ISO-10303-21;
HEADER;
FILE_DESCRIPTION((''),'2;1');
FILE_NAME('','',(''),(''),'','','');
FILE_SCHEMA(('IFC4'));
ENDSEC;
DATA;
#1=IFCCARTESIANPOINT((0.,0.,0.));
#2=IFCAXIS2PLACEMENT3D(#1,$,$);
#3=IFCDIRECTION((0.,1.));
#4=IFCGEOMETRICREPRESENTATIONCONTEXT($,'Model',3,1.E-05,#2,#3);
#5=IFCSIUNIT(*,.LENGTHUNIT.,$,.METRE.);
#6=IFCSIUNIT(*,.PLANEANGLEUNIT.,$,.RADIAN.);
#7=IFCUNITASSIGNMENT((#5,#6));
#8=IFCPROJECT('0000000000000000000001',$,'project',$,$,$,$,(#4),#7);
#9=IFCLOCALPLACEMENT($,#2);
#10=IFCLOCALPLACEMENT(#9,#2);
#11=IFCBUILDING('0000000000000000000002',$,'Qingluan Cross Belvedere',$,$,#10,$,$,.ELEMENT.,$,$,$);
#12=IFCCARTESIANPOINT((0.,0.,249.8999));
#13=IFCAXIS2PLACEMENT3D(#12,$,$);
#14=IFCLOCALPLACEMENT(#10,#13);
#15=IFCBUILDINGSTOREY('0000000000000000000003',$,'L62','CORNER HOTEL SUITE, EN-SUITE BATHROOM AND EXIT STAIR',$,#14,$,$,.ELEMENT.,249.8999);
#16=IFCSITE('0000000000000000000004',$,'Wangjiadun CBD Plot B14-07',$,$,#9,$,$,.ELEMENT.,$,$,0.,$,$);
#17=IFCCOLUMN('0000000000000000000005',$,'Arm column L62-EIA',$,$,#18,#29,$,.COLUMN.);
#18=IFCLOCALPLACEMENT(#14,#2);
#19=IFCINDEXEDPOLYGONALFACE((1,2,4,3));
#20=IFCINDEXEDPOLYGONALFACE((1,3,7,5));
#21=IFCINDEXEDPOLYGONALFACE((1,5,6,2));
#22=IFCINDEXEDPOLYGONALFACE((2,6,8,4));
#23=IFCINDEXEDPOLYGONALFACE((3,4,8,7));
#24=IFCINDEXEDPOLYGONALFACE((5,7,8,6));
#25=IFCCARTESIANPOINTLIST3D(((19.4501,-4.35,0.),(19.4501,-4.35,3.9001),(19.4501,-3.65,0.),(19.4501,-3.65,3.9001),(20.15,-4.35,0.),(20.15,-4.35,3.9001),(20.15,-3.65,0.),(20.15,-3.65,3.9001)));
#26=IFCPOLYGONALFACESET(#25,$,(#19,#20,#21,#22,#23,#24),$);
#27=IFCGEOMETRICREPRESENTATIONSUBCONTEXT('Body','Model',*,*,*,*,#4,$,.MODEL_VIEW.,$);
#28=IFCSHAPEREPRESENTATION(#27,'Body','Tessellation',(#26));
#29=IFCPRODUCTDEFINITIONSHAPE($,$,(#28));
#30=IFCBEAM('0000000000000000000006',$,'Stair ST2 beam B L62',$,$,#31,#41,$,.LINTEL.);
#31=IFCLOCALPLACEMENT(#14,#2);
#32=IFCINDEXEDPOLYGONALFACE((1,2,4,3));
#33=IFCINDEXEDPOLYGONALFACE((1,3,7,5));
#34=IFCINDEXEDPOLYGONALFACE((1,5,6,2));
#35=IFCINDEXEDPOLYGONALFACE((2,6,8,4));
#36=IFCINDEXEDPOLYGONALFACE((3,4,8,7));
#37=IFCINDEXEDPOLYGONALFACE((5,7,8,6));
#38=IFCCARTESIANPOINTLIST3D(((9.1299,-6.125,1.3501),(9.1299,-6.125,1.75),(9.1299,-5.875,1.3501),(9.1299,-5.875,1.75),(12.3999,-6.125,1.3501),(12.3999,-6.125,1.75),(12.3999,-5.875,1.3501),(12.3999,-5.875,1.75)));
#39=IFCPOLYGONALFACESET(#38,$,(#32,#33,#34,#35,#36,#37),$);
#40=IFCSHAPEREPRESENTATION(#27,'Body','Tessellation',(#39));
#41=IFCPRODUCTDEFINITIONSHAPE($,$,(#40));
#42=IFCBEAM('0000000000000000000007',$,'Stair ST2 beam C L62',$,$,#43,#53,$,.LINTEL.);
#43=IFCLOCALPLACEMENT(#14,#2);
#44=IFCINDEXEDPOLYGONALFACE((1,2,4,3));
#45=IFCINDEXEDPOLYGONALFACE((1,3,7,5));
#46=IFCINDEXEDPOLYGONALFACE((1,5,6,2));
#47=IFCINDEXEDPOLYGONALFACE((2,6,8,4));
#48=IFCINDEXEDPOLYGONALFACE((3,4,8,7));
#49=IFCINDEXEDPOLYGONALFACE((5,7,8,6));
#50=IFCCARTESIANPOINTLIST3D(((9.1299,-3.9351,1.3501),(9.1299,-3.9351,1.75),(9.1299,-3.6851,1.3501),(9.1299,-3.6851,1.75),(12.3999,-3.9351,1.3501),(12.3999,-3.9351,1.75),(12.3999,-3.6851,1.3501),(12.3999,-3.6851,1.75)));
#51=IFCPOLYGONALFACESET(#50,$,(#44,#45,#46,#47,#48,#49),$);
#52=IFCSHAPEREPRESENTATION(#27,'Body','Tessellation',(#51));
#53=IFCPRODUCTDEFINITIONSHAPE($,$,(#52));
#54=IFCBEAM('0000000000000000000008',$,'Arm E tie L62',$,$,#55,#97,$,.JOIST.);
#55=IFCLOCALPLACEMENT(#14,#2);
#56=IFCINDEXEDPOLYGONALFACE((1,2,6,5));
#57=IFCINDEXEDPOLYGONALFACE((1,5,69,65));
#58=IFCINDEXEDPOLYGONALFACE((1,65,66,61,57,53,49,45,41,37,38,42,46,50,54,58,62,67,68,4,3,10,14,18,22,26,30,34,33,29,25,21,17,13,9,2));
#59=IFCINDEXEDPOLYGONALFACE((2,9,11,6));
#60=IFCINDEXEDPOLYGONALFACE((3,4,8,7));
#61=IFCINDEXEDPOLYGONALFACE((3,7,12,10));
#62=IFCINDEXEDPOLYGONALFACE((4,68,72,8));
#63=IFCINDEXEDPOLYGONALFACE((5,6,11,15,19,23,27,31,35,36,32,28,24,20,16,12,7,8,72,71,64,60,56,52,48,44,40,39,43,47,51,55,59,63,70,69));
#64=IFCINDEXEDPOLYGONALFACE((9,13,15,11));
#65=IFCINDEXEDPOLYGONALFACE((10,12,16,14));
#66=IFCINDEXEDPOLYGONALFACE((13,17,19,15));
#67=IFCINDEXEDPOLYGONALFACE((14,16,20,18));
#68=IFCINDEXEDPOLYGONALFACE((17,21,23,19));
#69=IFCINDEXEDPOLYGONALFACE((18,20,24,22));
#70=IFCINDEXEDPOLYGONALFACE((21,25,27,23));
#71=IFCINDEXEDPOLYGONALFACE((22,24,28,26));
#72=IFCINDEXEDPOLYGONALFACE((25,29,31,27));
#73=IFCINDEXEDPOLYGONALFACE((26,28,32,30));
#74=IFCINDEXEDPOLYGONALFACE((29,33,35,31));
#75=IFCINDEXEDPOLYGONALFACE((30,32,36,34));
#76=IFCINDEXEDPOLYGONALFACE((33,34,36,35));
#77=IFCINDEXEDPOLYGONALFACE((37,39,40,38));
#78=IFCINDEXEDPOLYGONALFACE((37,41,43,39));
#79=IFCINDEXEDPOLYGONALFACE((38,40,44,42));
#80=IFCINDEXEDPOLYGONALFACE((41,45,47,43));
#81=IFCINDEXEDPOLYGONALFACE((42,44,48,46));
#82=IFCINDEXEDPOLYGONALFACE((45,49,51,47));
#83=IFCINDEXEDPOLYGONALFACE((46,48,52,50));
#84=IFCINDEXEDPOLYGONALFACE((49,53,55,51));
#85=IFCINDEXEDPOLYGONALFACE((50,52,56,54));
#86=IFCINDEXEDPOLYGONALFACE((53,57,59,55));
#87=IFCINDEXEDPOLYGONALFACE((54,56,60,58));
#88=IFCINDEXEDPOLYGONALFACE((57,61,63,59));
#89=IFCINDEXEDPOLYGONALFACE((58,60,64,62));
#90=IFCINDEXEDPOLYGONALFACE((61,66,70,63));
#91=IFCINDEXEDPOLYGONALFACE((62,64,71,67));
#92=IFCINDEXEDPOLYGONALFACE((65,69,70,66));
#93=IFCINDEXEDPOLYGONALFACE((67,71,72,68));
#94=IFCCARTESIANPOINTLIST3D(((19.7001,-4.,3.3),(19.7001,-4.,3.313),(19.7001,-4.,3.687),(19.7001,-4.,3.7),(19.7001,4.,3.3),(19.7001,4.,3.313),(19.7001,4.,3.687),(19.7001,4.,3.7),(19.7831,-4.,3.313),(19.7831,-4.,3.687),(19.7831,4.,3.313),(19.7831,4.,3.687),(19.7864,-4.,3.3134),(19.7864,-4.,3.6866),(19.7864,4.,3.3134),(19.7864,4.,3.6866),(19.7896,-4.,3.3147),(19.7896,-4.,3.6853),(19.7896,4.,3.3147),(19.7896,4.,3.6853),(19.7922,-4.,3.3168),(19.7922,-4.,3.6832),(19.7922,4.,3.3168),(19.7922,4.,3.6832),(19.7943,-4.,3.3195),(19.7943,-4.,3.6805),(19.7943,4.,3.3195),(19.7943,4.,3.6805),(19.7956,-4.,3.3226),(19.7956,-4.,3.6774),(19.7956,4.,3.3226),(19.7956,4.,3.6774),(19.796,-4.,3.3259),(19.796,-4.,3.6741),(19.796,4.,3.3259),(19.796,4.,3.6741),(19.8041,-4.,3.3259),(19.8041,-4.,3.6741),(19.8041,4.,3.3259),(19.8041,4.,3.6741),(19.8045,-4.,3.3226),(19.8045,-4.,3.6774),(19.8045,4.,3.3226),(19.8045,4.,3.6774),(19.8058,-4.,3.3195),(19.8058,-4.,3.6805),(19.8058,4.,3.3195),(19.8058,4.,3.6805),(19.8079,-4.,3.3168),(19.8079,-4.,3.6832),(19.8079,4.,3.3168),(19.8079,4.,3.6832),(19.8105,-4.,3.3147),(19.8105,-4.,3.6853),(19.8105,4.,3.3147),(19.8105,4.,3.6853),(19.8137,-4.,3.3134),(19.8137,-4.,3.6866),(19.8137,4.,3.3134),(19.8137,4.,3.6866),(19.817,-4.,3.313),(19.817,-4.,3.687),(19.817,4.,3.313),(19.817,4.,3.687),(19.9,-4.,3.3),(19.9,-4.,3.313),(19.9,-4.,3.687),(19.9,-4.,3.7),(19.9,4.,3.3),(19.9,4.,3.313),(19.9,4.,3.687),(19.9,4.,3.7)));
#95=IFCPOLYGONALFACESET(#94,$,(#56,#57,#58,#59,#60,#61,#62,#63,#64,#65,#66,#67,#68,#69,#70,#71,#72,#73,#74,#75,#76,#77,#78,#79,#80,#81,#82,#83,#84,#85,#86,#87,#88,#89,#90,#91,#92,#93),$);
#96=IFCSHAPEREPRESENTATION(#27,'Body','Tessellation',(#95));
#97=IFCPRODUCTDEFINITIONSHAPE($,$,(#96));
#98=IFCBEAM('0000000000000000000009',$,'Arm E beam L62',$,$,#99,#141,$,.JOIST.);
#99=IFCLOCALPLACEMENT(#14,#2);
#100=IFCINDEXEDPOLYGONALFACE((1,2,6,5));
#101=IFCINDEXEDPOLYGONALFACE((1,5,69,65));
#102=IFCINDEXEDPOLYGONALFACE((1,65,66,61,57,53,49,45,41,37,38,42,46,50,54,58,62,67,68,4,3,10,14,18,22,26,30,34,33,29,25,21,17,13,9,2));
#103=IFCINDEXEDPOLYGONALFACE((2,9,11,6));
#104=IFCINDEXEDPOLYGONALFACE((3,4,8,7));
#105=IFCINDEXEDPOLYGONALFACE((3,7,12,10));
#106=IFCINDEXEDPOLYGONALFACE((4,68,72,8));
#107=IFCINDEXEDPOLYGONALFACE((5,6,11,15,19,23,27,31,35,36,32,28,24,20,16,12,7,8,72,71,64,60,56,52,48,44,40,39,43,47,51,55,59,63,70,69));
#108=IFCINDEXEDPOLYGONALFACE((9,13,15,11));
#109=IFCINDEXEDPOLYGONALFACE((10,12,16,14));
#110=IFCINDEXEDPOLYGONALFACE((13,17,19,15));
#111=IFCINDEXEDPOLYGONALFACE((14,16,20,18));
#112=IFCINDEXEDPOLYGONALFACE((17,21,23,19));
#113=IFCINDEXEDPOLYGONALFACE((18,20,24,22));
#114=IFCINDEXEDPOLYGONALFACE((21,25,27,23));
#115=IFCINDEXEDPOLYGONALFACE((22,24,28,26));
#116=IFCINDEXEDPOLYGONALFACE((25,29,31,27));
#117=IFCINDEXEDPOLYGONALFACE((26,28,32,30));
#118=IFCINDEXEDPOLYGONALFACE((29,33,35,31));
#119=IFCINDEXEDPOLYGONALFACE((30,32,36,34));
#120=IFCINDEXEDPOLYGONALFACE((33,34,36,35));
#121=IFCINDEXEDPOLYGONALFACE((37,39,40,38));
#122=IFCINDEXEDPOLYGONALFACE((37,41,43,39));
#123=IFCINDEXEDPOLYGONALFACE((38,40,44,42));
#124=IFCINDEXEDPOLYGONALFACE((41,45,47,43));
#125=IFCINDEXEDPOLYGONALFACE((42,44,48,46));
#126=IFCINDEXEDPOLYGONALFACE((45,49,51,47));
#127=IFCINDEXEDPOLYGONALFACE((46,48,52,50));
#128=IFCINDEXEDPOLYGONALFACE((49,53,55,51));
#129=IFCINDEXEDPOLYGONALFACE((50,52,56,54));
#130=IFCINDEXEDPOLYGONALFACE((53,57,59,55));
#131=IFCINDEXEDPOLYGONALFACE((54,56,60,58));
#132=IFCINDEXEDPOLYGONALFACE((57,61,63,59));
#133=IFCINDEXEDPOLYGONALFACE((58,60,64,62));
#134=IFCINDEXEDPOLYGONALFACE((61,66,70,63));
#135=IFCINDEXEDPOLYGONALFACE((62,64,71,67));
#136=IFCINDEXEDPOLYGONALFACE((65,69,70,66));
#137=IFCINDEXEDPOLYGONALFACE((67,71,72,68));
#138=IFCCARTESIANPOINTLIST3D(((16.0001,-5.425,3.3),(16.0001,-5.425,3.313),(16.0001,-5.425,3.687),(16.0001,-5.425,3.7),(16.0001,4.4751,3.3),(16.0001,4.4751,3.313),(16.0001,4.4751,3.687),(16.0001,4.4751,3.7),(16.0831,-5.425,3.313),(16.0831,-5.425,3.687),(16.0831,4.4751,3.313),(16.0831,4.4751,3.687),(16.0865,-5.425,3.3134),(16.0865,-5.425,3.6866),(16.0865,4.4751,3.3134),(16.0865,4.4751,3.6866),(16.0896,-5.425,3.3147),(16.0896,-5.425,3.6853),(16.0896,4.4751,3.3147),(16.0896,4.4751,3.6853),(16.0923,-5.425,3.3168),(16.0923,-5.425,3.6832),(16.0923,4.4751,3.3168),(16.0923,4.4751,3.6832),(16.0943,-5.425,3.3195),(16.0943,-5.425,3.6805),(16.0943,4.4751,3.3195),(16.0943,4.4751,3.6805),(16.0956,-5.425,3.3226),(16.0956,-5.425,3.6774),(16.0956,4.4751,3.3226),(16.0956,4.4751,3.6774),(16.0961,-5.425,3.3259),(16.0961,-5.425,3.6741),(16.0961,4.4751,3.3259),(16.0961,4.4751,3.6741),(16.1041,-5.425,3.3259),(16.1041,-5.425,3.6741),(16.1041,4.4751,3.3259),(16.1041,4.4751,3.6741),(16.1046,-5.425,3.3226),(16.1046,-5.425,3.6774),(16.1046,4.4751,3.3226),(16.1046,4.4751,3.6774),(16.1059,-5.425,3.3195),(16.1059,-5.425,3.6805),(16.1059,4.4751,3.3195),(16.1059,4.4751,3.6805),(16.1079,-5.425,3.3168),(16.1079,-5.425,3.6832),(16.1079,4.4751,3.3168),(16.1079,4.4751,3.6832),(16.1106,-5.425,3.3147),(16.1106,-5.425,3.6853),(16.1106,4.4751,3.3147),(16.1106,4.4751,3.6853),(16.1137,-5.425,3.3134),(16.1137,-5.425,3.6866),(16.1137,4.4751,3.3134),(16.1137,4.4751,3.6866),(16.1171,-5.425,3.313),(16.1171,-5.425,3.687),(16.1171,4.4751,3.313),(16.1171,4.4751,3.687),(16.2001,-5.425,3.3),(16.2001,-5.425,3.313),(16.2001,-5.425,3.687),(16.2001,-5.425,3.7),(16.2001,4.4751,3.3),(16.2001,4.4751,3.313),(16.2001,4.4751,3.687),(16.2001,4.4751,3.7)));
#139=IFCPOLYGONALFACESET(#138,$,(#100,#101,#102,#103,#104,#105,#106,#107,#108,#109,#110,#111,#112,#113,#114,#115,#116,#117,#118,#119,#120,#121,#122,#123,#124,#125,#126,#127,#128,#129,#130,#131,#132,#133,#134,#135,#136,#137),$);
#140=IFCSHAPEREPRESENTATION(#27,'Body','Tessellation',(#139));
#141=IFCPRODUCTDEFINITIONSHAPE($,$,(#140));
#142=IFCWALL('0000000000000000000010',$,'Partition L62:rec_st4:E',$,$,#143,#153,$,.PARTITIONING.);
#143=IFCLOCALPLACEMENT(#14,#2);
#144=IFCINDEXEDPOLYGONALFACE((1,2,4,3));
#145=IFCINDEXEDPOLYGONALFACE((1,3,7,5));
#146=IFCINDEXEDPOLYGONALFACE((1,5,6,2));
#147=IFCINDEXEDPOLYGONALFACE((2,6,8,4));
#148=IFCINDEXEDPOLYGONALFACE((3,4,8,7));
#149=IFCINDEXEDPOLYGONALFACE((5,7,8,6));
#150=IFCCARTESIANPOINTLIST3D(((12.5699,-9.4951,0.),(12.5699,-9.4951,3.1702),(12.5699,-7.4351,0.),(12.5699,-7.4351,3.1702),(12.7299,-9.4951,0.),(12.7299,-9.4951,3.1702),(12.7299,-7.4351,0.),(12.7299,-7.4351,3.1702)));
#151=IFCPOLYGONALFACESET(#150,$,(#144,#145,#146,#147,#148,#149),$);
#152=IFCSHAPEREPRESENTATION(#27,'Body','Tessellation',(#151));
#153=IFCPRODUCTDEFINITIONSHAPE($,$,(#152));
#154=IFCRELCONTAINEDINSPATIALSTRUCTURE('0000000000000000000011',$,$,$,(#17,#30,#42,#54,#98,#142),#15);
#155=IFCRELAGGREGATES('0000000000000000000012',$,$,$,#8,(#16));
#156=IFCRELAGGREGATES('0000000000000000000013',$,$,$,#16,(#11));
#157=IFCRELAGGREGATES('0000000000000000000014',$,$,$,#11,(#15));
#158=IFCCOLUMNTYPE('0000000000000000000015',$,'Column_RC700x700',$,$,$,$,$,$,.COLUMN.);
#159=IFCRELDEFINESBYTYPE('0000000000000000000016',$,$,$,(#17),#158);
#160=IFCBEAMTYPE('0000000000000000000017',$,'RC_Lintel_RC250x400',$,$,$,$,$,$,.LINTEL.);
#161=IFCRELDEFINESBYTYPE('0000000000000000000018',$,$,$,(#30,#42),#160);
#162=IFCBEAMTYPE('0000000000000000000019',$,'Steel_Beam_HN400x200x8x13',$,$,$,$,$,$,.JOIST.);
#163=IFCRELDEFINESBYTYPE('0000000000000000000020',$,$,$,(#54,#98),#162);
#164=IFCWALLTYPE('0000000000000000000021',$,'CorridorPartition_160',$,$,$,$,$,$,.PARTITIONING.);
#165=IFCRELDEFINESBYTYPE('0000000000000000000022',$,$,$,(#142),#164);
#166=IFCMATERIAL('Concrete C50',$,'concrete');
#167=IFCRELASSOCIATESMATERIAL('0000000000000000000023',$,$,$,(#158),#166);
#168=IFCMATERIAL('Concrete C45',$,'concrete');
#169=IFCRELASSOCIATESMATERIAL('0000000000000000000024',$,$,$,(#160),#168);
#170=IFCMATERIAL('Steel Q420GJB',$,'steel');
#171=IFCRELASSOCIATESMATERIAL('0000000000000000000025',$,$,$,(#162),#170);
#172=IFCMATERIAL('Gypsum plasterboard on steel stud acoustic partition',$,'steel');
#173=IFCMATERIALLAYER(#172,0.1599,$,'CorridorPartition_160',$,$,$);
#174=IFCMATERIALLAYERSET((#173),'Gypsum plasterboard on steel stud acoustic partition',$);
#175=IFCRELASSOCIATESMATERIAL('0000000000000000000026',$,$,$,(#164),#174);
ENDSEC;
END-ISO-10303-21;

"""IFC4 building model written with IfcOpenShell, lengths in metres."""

from ifc_helpers import new_model, si_unit, direction, frame, frame_2d, origin, origin_2d, place, context, subcontext, project, spatial, rectangle, i_section, extrude, material, layer, layer_set, material_profile, profile_set, type_object, element, save


model = new_model("IFC4")

# Units and contexts
model_context = context("Model", 3, precision=1e-05, world=origin(), true_north=direction((0.0, 1.0)))
body_context = subcontext(model_context, "Body", "Model", "MODEL_VIEW")
ifc_project = project(units=[si_unit("LENGTHUNIT", "METRE"), si_unit("PLANEANGLEUNIT", "RADIAN")], contexts=[model_context])

# Site, building, storey
site_placement = place(None, origin())
site = spatial("IfcSite", under=ifc_project, at=site_placement, Name="Wangjiadun CBD Plot B14-07", CompositionType="ELEMENT", RefElevation=0.0)
building_placement = place(site_placement, origin())
building = spatial("IfcBuilding", under=site, at=building_placement, Name="Qingluan Cross Belvedere", CompositionType="ELEMENT")
storey_placement = place(building_placement, frame((0.0, 0.0, 249.8999)))
storey = spatial("IfcBuildingStorey", under=building, at=storey_placement, Name="L62", Description="CORNER HOTEL SUITE, EN-SUITE BATHROOM AND EXIT STAIR", CompositionType="ELEMENT", Elevation=249.8999)

# Column
ifc_material_1 = material(Name="Concrete C50", Category="concrete")
ifc_material_profile_1 = material_profile(ifc_material_1, rectangle(XDim=0.7, YDim=0.7, at=origin_2d()), Name="RC700x700")
ifc_profile_set_1 = profile_set([ifc_material_profile_1], Name="Concrete C50")
column_type = type_object("IfcColumnType", Name="Column_RC700x700", PredefinedType="COLUMN", material=ifc_profile_set_1)
column_placement = place(storey_placement, frame((19.8, -4.0, 0.0), z_axis=(0.0, 0.0, 1.0), x_axis=(1.0, 0.0, 0.0)))
element("IfcColumn", 1, at=column_placement, inside=storey, type_object=column_type, Name="Arm column L62-EIA", PredefinedType="COLUMN", context=body_context, shape_type="SweptSolid", body=[
    extrude(rectangle(XDim=0.7, YDim=0.7, at=origin_2d()), origin(), (0.0, 0.0, 1.0), 3.9001),
])

# Beams
ifc_material_2 = material(Name="Concrete C45", Category="concrete")
ifc_material_profile_2 = material_profile(ifc_material_2, rectangle(XDim=0.25, YDim=0.3999, at=origin_2d()), Name="RC250x400")
ifc_profile_set_2 = profile_set([ifc_material_profile_2], Name="Concrete C45")
beam_type_1 = type_object("IfcBeamType", Name="RC_Lintel_RC250x400", PredefinedType="LINTEL", material=ifc_profile_set_2)
for number, where, z_axis, x_axis, name in (
    (2, (12.3999, -6.0, 1.55), (-1.0, 0.0, 0.0), (0.0, -1.0, 0.0), "Stair ST2 beam B L62"),
    (3, (12.3999, -3.8101, 1.55), (-1.0, 0.0, 0.0), (0.0, -1.0, 0.0), "Stair ST2 beam C L62"),
):
    element("IfcBeam", number, at=place(storey_placement, frame(where, z_axis=z_axis, x_axis=x_axis)), inside=storey, type_object=beam_type_1, Name=name, PredefinedType="LINTEL", context=body_context, shape_type="SweptSolid", body=[
        extrude(rectangle(XDim=0.25, YDim=0.3999, at=origin_2d()), origin(), (0.0, 0.0, 1.0), 3.27),
    ])
ifc_material_3 = material(Name="Steel Q420GJB", Category="steel")
ifc_material_profile_3 = material_profile(ifc_material_3, i_section(OverallWidth=0.2, OverallDepth=0.3999, WebThickness=0.0081, FlangeThickness=0.0129, FilletRadius=0.0129, at=origin_2d()), Name="HN400x200x8x13")
ifc_profile_set_3 = profile_set([ifc_material_profile_3], Name="Steel Q420GJB")
beam_type_2 = type_object("IfcBeamType", Name="Steel_Beam_HN400x200x8x13", PredefinedType="JOIST", material=ifc_profile_set_3)
beam_1_placement = place(storey_placement, frame((19.8, -4.0, 3.5), z_axis=(0.0, 1.0, 0.0), x_axis=(-1.0, 0.0, 0.0)))
element("IfcBeam", 4, at=beam_1_placement, inside=storey, type_object=beam_type_2, Name="Arm E tie L62", PredefinedType="JOIST", context=body_context, shape_type="SweptSolid", body=[
    extrude(i_section(OverallWidth=0.2, OverallDepth=0.3999, WebThickness=0.0081, FlangeThickness=0.0129, FilletRadius=0.0129, at=origin_2d()), origin(), (0.0, 0.0, 1.0), 8.0),
])
beam_2_placement = place(storey_placement, frame((16.1001, -5.425, 3.5), z_axis=(0.0, 1.0, 0.0), x_axis=(-1.0, 0.0, 0.0)))
element("IfcBeam", 5, at=beam_2_placement, inside=storey, type_object=beam_type_2, Name="Arm E beam L62", PredefinedType="JOIST", context=body_context, shape_type="SweptSolid", body=[
    extrude(i_section(OverallWidth=0.2, OverallDepth=0.3999, WebThickness=0.0081, FlangeThickness=0.0129, FilletRadius=0.0129, at=origin_2d()), origin(), (0.0, 0.0, 1.0), 9.9001),
])

# Wall
ifc_material_4 = material(Name="Gypsum plasterboard on steel stud acoustic partition", Category="steel")
ifc_layer_1 = layer(ifc_material_4, 0.1599, Name="CorridorPartition_160")
ifc_layer_set_1 = layer_set([ifc_layer_1], Name="Gypsum plasterboard on steel stud acoustic partition")
wall_type_1 = type_object("IfcWallType", Name="CorridorPartition_160", PredefinedType="PARTITIONING", material=ifc_layer_set_1)
wall_1_placement = place(storey_placement, frame((12.6499, -9.4951, 0.0), z_axis=(0.0, 0.0, 1.0), x_axis=(0.0, 1.0, 0.0)))
element("IfcWall", 6, at=wall_1_placement, inside=storey, type_object=wall_type_1, Name="Partition L62:rec_st4:E", PredefinedType="PARTITIONING", context=body_context, shape_type="SweptSolid", body=[
    extrude(rectangle(XDim=2.0601, YDim=0.1599, at=frame_2d((1.03, 0.0))), origin(), (0.0, 0.0, 1.0), 3.1702),
])

save(model, "model.ifc")
